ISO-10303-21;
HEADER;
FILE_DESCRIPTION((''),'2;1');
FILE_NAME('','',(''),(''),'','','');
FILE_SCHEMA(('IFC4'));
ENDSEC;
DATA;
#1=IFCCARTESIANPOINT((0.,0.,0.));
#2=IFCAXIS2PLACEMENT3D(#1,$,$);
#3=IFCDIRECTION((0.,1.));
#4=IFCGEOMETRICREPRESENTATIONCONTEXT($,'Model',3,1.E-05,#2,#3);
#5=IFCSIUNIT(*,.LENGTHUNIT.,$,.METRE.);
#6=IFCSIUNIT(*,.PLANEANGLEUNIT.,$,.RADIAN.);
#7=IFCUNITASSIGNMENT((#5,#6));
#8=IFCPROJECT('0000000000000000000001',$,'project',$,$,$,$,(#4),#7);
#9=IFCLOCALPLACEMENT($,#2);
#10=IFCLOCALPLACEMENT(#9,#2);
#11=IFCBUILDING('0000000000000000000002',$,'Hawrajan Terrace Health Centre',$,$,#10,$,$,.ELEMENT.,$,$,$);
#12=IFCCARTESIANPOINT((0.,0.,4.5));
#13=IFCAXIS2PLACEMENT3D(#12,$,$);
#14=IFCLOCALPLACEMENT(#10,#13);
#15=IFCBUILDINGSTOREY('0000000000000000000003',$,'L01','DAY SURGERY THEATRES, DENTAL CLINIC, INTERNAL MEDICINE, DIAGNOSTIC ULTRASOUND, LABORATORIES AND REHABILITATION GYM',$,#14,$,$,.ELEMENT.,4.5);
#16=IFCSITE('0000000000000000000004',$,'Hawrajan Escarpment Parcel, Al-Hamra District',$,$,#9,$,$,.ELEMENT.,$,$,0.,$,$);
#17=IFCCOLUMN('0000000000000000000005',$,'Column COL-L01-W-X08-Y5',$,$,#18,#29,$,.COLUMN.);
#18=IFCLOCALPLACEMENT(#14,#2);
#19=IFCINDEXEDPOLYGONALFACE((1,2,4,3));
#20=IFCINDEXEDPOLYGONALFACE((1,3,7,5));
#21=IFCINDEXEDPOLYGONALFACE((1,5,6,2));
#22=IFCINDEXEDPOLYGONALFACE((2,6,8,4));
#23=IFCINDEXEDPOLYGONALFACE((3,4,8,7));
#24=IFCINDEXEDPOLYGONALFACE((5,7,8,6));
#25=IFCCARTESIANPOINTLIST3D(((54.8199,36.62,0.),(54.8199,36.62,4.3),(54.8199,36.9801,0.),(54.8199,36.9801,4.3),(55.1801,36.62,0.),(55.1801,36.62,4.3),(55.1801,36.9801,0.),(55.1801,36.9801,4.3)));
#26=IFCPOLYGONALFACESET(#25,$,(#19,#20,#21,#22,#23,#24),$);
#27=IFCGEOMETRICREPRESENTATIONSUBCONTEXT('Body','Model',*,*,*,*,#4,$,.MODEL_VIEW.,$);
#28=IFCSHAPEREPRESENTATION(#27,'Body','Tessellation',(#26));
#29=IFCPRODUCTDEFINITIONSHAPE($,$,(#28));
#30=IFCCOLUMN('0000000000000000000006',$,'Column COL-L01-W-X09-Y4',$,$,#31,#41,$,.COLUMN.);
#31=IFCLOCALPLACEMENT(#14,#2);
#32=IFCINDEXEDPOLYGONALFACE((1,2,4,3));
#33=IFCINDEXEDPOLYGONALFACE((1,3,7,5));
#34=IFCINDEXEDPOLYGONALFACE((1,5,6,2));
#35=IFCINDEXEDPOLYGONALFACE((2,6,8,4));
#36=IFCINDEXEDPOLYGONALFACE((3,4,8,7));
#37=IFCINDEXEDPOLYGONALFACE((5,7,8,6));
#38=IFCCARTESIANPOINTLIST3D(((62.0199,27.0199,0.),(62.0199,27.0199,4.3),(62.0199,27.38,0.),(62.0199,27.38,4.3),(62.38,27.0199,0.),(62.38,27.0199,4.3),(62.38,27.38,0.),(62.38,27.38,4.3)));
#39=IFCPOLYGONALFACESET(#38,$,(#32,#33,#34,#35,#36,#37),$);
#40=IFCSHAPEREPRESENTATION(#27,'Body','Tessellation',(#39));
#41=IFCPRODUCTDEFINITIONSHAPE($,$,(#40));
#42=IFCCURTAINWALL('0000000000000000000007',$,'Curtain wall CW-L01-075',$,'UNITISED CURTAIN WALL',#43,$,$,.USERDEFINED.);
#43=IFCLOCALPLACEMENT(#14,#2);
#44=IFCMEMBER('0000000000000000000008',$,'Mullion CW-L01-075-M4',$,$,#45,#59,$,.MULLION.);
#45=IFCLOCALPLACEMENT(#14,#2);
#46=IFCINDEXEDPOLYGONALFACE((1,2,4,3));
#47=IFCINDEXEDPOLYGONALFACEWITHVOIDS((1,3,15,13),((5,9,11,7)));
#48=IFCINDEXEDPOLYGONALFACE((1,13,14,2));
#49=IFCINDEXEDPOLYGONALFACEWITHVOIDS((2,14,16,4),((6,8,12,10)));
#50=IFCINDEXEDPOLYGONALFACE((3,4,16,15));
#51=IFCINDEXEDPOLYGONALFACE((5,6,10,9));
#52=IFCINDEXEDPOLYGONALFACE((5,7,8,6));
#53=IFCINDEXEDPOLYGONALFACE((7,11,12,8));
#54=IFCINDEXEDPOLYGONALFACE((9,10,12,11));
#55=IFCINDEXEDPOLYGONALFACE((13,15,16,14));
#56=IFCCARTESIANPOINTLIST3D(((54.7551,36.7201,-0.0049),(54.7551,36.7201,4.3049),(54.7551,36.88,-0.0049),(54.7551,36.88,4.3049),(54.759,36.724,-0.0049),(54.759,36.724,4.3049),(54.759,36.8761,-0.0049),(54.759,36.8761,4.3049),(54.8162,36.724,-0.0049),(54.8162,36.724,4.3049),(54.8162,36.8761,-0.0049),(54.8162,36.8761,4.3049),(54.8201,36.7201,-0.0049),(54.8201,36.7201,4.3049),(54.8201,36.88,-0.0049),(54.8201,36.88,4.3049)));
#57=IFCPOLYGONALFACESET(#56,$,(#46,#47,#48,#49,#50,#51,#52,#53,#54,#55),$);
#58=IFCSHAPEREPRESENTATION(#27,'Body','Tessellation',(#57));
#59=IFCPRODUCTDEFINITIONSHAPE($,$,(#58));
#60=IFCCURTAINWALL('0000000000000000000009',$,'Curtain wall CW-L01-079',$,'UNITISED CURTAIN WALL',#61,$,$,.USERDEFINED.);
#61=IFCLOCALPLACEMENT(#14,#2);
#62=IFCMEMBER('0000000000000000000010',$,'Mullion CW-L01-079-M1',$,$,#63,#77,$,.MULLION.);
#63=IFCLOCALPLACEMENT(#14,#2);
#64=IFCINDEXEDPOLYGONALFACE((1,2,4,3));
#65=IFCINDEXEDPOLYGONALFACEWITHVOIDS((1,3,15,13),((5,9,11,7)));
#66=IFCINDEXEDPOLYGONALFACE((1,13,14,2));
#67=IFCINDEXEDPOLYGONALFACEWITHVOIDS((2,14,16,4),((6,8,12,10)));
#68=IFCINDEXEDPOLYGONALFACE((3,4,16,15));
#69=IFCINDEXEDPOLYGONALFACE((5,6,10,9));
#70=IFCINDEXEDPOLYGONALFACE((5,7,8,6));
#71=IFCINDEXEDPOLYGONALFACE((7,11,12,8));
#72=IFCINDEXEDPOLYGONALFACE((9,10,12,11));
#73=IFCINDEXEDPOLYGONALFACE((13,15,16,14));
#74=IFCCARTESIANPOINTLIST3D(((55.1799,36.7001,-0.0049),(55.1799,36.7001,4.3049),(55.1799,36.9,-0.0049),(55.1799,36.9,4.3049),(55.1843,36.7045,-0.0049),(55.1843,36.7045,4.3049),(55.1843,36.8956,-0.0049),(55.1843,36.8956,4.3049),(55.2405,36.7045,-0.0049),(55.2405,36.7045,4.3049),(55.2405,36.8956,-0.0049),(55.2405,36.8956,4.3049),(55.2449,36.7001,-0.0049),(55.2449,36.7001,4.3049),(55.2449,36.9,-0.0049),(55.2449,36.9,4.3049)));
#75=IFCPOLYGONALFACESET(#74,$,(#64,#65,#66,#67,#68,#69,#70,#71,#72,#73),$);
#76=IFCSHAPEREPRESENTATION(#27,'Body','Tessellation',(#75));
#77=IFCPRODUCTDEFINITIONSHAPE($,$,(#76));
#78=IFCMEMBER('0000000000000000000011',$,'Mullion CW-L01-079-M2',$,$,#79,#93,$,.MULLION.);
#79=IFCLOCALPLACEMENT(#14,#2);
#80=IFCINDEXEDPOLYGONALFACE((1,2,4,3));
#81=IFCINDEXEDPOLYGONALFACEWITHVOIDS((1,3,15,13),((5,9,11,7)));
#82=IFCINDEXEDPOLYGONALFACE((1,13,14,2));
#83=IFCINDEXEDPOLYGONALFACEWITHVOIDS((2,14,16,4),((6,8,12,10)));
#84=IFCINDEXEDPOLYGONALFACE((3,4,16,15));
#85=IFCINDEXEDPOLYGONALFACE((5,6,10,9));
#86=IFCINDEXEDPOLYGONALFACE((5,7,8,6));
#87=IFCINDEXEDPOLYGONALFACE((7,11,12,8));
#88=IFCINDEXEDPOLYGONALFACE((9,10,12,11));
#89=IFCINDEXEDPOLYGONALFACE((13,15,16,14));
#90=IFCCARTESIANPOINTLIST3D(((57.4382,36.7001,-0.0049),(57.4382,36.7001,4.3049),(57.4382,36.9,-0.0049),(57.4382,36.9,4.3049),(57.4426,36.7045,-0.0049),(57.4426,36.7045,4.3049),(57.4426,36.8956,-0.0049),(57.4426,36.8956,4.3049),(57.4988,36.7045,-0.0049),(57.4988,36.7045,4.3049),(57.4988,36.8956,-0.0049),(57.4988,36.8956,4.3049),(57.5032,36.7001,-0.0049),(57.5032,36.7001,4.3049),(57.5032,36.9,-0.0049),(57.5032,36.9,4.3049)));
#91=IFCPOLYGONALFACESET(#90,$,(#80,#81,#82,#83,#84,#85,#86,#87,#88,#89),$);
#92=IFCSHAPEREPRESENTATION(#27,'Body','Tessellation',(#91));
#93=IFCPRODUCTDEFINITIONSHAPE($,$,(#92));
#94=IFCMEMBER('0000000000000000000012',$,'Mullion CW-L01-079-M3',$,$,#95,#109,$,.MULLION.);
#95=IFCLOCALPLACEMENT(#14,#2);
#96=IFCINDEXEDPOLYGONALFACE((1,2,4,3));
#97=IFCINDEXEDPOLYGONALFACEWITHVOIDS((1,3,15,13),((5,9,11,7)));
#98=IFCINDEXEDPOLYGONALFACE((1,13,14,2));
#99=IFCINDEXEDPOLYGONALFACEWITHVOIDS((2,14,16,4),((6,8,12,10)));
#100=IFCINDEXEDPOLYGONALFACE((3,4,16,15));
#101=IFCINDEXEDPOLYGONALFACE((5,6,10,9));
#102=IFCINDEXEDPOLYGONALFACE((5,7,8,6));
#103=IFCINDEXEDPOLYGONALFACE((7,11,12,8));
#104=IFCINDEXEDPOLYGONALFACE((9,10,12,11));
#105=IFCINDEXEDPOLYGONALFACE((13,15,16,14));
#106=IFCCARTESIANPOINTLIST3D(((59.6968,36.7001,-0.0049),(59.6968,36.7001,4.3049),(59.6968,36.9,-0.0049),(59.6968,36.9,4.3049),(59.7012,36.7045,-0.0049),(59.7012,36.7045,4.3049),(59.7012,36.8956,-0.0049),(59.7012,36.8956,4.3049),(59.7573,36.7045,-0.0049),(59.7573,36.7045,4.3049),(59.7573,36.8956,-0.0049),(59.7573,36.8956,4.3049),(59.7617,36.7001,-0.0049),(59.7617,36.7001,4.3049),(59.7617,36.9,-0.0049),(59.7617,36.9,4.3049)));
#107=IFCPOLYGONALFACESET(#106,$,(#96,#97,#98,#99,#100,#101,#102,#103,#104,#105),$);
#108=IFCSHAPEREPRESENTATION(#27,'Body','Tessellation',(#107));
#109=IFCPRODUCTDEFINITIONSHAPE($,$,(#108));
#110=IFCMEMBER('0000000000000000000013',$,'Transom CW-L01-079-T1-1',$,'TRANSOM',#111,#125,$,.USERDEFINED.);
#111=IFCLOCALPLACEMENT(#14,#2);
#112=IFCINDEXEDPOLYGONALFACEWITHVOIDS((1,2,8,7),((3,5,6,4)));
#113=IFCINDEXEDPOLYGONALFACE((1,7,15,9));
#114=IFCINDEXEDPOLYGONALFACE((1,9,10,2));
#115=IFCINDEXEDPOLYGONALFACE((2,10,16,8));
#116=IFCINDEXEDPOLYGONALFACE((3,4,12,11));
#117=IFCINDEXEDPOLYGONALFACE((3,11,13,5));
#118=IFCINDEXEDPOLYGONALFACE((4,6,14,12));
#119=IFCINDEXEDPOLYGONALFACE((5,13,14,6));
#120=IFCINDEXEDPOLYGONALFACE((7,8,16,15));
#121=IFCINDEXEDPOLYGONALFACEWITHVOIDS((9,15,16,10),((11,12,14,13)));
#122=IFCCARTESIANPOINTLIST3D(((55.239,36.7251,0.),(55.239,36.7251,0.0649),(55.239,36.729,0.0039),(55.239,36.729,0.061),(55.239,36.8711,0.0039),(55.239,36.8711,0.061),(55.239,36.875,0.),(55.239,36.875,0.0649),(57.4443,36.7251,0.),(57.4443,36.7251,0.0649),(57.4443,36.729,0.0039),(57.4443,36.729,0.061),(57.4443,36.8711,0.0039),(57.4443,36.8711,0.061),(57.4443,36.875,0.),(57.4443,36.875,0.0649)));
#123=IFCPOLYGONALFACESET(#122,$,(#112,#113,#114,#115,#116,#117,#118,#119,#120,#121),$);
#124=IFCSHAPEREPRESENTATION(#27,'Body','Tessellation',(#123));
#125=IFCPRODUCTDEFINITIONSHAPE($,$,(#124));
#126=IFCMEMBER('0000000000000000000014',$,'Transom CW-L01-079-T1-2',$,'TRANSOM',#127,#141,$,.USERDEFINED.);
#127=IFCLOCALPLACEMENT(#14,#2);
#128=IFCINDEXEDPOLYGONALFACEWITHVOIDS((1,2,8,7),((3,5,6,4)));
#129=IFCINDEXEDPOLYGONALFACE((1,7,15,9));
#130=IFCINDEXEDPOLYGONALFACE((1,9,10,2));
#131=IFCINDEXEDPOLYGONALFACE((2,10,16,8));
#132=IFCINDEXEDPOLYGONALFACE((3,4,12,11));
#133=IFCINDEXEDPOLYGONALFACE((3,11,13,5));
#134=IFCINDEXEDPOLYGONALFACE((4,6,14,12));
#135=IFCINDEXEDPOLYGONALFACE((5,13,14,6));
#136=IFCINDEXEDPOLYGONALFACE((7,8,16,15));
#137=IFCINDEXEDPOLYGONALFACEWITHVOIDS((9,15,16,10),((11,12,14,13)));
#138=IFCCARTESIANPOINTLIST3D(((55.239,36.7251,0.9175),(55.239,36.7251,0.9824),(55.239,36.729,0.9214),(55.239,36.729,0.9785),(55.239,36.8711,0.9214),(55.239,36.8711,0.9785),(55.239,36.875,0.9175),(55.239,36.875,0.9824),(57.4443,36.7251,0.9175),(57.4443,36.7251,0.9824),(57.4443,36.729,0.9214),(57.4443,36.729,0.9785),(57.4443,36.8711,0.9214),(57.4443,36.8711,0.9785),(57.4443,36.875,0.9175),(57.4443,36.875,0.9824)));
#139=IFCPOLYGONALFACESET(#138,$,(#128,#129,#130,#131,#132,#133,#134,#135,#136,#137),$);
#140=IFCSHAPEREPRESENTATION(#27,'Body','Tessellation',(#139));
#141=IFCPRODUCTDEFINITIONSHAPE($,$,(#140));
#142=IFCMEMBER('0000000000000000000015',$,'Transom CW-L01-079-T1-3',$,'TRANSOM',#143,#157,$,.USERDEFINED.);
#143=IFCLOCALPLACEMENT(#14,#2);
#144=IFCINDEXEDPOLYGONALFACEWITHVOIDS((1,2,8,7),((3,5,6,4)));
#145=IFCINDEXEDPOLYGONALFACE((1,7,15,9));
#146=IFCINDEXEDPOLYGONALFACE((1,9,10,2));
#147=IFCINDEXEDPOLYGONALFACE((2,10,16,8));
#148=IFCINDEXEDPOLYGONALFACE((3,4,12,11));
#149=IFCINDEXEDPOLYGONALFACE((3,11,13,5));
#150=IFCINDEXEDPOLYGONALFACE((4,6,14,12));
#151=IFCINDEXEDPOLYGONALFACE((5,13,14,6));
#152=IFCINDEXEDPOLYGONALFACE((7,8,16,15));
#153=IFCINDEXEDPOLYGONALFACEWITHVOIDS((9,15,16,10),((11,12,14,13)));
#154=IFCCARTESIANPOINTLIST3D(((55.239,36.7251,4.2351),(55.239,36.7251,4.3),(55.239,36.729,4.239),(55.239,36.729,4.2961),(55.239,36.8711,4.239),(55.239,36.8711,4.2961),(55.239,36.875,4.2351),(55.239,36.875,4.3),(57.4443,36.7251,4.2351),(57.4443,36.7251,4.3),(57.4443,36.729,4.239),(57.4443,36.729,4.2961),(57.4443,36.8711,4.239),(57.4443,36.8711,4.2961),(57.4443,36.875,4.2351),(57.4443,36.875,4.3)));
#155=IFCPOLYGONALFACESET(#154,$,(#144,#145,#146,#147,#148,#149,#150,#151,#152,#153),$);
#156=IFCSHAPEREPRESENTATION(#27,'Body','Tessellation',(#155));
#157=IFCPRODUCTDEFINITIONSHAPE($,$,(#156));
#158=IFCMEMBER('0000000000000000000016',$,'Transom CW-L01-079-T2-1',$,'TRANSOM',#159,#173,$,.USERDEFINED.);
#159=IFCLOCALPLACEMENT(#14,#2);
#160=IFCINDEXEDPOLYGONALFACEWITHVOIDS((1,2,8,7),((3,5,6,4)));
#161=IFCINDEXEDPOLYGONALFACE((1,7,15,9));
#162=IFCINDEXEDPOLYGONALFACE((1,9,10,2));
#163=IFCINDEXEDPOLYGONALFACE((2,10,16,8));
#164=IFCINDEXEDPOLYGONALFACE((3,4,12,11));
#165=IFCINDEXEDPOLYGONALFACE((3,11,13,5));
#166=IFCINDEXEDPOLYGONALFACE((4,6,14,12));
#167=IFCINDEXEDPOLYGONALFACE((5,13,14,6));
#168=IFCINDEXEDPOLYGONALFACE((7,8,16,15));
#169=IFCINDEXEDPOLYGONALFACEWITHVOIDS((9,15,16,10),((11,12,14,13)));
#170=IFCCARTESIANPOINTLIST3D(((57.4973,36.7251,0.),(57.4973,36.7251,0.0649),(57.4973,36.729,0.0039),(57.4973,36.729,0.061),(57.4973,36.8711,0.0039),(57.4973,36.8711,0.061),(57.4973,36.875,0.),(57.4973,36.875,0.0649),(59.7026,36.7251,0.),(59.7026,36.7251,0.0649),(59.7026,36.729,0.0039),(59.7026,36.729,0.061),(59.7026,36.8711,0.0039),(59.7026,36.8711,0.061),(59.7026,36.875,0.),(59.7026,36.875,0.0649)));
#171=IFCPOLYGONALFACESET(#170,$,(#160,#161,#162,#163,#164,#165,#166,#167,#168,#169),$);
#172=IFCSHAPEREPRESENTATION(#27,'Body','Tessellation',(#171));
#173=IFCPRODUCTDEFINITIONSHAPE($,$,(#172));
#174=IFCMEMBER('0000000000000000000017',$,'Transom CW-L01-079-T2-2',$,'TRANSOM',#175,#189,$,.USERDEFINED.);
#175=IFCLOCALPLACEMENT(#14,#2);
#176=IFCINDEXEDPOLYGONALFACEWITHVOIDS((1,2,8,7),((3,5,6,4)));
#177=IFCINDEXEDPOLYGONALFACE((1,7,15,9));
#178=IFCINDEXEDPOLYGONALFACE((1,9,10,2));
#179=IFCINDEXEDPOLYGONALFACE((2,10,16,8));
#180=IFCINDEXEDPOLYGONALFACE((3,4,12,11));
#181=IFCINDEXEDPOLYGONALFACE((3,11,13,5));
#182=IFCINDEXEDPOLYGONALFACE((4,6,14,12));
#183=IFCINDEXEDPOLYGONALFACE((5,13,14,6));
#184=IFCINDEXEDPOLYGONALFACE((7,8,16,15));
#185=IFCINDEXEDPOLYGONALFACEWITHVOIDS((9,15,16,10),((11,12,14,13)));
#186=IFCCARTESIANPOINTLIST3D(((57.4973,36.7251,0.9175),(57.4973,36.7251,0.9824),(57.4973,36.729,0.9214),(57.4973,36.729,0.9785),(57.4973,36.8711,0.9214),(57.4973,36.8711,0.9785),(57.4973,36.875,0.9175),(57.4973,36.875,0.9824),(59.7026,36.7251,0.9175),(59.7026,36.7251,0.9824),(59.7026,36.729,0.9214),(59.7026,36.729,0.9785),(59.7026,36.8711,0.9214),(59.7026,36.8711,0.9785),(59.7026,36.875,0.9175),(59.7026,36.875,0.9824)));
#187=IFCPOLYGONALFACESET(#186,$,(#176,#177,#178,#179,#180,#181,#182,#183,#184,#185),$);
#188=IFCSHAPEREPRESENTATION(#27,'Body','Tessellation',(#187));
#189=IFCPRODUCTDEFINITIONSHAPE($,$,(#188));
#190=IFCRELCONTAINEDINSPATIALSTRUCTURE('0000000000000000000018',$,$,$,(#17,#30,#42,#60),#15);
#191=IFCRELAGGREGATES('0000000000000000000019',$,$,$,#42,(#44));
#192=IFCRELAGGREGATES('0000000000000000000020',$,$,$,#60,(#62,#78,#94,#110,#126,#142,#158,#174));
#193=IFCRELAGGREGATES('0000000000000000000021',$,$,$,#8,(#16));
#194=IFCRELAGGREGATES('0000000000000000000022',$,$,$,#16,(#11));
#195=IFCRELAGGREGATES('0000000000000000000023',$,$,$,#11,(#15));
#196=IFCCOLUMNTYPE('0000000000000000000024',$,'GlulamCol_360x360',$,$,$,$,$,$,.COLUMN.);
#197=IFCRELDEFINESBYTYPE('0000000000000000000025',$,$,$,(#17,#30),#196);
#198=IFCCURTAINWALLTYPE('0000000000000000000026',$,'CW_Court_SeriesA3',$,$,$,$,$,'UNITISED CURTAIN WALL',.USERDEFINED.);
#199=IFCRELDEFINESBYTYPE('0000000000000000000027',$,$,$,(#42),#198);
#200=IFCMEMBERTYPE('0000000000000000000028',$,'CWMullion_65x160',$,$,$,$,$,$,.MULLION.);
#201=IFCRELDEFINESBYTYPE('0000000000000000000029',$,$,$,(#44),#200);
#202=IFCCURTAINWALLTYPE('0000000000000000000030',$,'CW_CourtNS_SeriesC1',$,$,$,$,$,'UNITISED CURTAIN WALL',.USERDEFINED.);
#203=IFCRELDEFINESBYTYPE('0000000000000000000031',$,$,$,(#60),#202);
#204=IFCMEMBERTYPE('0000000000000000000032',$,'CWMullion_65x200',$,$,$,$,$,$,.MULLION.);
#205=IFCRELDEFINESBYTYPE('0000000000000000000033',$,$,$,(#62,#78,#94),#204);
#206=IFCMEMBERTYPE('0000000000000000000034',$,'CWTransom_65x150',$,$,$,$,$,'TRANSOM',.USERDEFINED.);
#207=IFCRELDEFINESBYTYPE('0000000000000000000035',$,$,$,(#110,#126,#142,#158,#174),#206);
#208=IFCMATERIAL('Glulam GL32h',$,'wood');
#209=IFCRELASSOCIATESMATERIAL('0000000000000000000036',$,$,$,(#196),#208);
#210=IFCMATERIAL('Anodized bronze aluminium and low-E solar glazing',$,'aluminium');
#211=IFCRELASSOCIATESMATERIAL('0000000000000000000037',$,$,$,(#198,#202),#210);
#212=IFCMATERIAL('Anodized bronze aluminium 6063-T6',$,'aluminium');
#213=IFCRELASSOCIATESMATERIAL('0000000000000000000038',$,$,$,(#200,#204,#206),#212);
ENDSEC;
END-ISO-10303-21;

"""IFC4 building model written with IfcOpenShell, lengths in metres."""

from ifc_helpers import new_model, si_unit, direction, frame, origin, origin_2d, place, context, subcontext, project, spatial, rectangle, hollow_rectangle, extrude, material, material_profile, profile_set, type_object, element, aggregate, save


model = new_model("IFC4")

# Units and contexts
model_context = context("Model", 3, precision=1e-05, world=origin(), true_north=direction((0.0, 1.0)))
body_context = subcontext(model_context, "Body", "Model", "MODEL_VIEW")
ifc_project = project(units=[si_unit("LENGTHUNIT", "METRE"), si_unit("PLANEANGLEUNIT", "RADIAN")], contexts=[model_context])

# Site, building, storey
site_placement = place(None, origin())
site = spatial("IfcSite", under=ifc_project, at=site_placement, Name="Hawrajan Escarpment Parcel, Al-Hamra District", CompositionType="ELEMENT", RefElevation=0.0)
building_placement = place(site_placement, origin())
building = spatial("IfcBuilding", under=site, at=building_placement, Name="Hawrajan Terrace Health Centre", CompositionType="ELEMENT")
storey_placement = place(building_placement, frame((0.0, 0.0, 4.5)))
storey = spatial("IfcBuildingStorey", under=building, at=storey_placement, Name="L01", Description="DAY SURGERY THEATRES, DENTAL CLINIC, INTERNAL MEDICINE, DIAGNOSTIC ULTRASOUND, LABORATORIES AND REHABILITATION GYM", CompositionType="ELEMENT", Elevation=4.5)

# Columns
ifc_material_1 = material(Name="Glulam GL32h", Category="wood")
ifc_material_profile_1 = material_profile(ifc_material_1, rectangle(XDim=0.3601, YDim=0.3601, at=origin_2d()), Name="GL 360x360")
ifc_profile_set_1 = profile_set([ifc_material_profile_1], Name="Glulam GL32h")
column_type = type_object("IfcColumnType", Name="GlulamCol_360x360", PredefinedType="COLUMN", material=ifc_profile_set_1)
for number, where, z_axis, x_axis, name in (
    (1, (55.0, 36.8, 0.0), (0.0, 0.0, 1.0), (1.0, 0.0, 0.0), "Column COL-L01-W-X08-Y5"),
    (2, (62.2, 27.2, 0.0), (0.0, 0.0, 1.0), (1.0, 0.0, 0.0), "Column COL-L01-W-X09-Y4"),
):
    element("IfcColumn", number, at=place(storey_placement, frame(where, z_axis=z_axis, x_axis=x_axis)), inside=storey, type_object=column_type, Name=name, PredefinedType="COLUMN", context=body_context, shape_type="SweptSolid", body=[
        extrude(rectangle(XDim=0.3601, YDim=0.3601, at=origin_2d()), origin(), (0.0, 0.0, 1.0), 4.3),
    ])

# Curtain wall, member
ifc_material_2 = material(Name="Anodized bronze aluminium and low-E solar glazing", Category="aluminium")
curtain_wall_type_1 = type_object("IfcCurtainWallType", Name="CW_Court_SeriesA3", ElementType="UNITISED CURTAIN WALL", PredefinedType="USERDEFINED", material=ifc_material_2)
curtain_wall_1_placement = place(storey_placement, origin())
curtain_wall_1 = element("IfcCurtainWall", 3, at=curtain_wall_1_placement, inside=storey, type_object=curtain_wall_type_1, Name="Curtain wall CW-L01-075", ObjectType="UNITISED CURTAIN WALL", PredefinedType="USERDEFINED")
ifc_material_3 = material(Name="Anodized bronze aluminium 6063-T6", Category="aluminium")
ifc_material_profile_2 = material_profile(ifc_material_3, hollow_rectangle(XDim=0.0649, YDim=0.1599, WallThickness=0.0039, at=origin_2d()), Name="CW MUL 65x160")
ifc_profile_set_2 = profile_set([ifc_material_profile_2], Name="Anodized bronze aluminium 6063-T6")
member_type_1 = type_object("IfcMemberType", Name="CWMullion_65x160", PredefinedType="MULLION", material=ifc_profile_set_2)
member_1_placement = place(storey_placement, frame((54.7876, 36.8, -0.0049), z_axis=(0.0, 0.0, 1.0), x_axis=(1.0, 0.0, 0.0)))
member_1 = element("IfcMember", 4, at=member_1_placement, type_object=member_type_1, Name="Mullion CW-L01-075-M4", PredefinedType="MULLION", context=body_context, shape_type="SweptSolid", body=[
    extrude(hollow_rectangle(XDim=0.0649, YDim=0.1599, WallThickness=0.0039, at=origin_2d()), origin(), (0.0, 0.0, 1.0), 4.3098),
])
aggregate(curtain_wall_1, [member_1])

# Curtain wall, members
curtain_wall_type_2 = type_object("IfcCurtainWallType", Name="CW_CourtNS_SeriesC1", ElementType="UNITISED CURTAIN WALL", PredefinedType="USERDEFINED", material=ifc_material_2)
curtain_wall_2_placement = place(storey_placement, origin())
curtain_wall_2 = element("IfcCurtainWall", 5, at=curtain_wall_2_placement, inside=storey, type_object=curtain_wall_type_2, Name="Curtain wall CW-L01-079", ObjectType="UNITISED CURTAIN WALL", PredefinedType="USERDEFINED")
ifc_material_profile_3 = material_profile(ifc_material_3, hollow_rectangle(XDim=0.0649, YDim=0.2, WallThickness=0.0044, at=origin_2d()), Name="CW MUL 65x200")
ifc_profile_set_3 = profile_set([ifc_material_profile_3], Name="Anodized bronze aluminium 6063-T6")
member_type_2 = type_object("IfcMemberType", Name="CWMullion_65x200", PredefinedType="MULLION", material=ifc_profile_set_3)
member_2_placement = place(storey_placement, frame((55.2124, 36.8, -0.0049), z_axis=(0.0, 0.0, 1.0), x_axis=(1.0, 0.0, 0.0)))
member_2 = element("IfcMember", 6, at=member_2_placement, type_object=member_type_2, Name="Mullion CW-L01-079-M1", PredefinedType="MULLION", context=body_context, shape_type="SweptSolid", body=[
    extrude(hollow_rectangle(XDim=0.0649, YDim=0.2, WallThickness=0.0044, at=origin_2d()), origin(), (0.0, 0.0, 1.0), 4.3098),
])
member_3_placement = place(storey_placement, frame((57.4707, 36.8, -0.0049), z_axis=(0.0, 0.0, 1.0), x_axis=(1.0, 0.0, 0.0)))
member_3 = element("IfcMember", 7, at=member_3_placement, type_object=member_type_2, Name="Mullion CW-L01-079-M2", PredefinedType="MULLION", context=body_context, shape_type="SweptSolid", body=[
    extrude(hollow_rectangle(XDim=0.0649, YDim=0.2, WallThickness=0.0044, at=origin_2d()), origin(), (0.0, 0.0, 1.0), 4.3098),
])
member_4_placement = place(storey_placement, frame((59.7292, 36.8, -0.0049), z_axis=(0.0, 0.0, 1.0), x_axis=(1.0, 0.0, 0.0)))
member_4 = element("IfcMember", 8, at=member_4_placement, type_object=member_type_2, Name="Mullion CW-L01-079-M3", PredefinedType="MULLION", context=body_context, shape_type="SweptSolid", body=[
    extrude(hollow_rectangle(XDim=0.0649, YDim=0.2, WallThickness=0.0044, at=origin_2d()), origin(), (0.0, 0.0, 1.0), 4.3098),
])
ifc_material_profile_4 = material_profile(ifc_material_3, hollow_rectangle(XDim=0.0649, YDim=0.1499, WallThickness=0.0039, at=origin_2d()), Name="CW TRN 65x150")
ifc_profile_set_4 = profile_set([ifc_material_profile_4], Name="Anodized bronze aluminium 6063-T6")
member_type_3 = type_object("IfcMemberType", Name="CWTransom_65x150", ElementType="TRANSOM", PredefinedType="USERDEFINED", material=ifc_profile_set_4)
member_5_placement = place(storey_placement, frame((55.239, 36.8, 0.0325), z_axis=(1.0, 0.0, 0.0), x_axis=(0.0, 0.0, 1.0)))
member_5 = element("IfcMember", 9, at=member_5_placement, type_object=member_type_3, Name="Transom CW-L01-079-T1-1", ObjectType="TRANSOM", PredefinedType="USERDEFINED", context=body_context, shape_type="SweptSolid", body=[
    extrude(hollow_rectangle(XDim=0.0649, YDim=0.1499, WallThickness=0.0039, at=origin_2d()), origin(), (0.0, 0.0, 1.0), 2.2053),
])
member_6_placement = place(storey_placement, frame((55.239, 36.8, 0.95), z_axis=(1.0, 0.0, 0.0), x_axis=(0.0, 0.0, 1.0)))
member_6 = element("IfcMember", 10, at=member_6_placement, type_object=member_type_3, Name="Transom CW-L01-079-T1-2", ObjectType="TRANSOM", PredefinedType="USERDEFINED", context=body_context, shape_type="SweptSolid", body=[
    extrude(hollow_rectangle(XDim=0.0649, YDim=0.1499, WallThickness=0.0039, at=origin_2d()), origin(), (0.0, 0.0, 1.0), 2.2053),
])
member_7_placement = place(storey_placement, frame((55.239, 36.8, 4.2676), z_axis=(1.0, 0.0, 0.0), x_axis=(0.0, 0.0, 1.0)))
member_7 = element("IfcMember", 11, at=member_7_placement, type_object=member_type_3, Name="Transom CW-L01-079-T1-3", ObjectType="TRANSOM", PredefinedType="USERDEFINED", context=body_context, shape_type="SweptSolid", body=[
    extrude(hollow_rectangle(XDim=0.0649, YDim=0.1499, WallThickness=0.0039, at=origin_2d()), origin(), (0.0, 0.0, 1.0), 2.2053),
])
member_8_placement = place(storey_placement, frame((57.4973, 36.8, 0.0325), z_axis=(1.0, 0.0, 0.0), x_axis=(0.0, 0.0, 1.0)))
member_8 = element("IfcMember", 12, at=member_8_placement, type_object=member_type_3, Name="Transom CW-L01-079-T2-1", ObjectType="TRANSOM", PredefinedType="USERDEFINED", context=body_context, shape_type="SweptSolid", body=[
    extrude(hollow_rectangle(XDim=0.0649, YDim=0.1499, WallThickness=0.0039, at=origin_2d()), origin(), (0.0, 0.0, 1.0), 2.2053),
])
member_9_placement = place(storey_placement, frame((57.4973, 36.8, 0.95), z_axis=(1.0, 0.0, 0.0), x_axis=(0.0, 0.0, 1.0)))
member_9 = element("IfcMember", 13, at=member_9_placement, type_object=member_type_3, Name="Transom CW-L01-079-T2-2", ObjectType="TRANSOM", PredefinedType="USERDEFINED", context=body_context, shape_type="SweptSolid", body=[
    extrude(hollow_rectangle(XDim=0.0649, YDim=0.1499, WallThickness=0.0039, at=origin_2d()), origin(), (0.0, 0.0, 1.0), 2.2053),
])

aggregate(curtain_wall_2, [member_2, member_3, member_4, member_5, member_6, member_7, member_8, member_9])

save(model, "model.ifc")
